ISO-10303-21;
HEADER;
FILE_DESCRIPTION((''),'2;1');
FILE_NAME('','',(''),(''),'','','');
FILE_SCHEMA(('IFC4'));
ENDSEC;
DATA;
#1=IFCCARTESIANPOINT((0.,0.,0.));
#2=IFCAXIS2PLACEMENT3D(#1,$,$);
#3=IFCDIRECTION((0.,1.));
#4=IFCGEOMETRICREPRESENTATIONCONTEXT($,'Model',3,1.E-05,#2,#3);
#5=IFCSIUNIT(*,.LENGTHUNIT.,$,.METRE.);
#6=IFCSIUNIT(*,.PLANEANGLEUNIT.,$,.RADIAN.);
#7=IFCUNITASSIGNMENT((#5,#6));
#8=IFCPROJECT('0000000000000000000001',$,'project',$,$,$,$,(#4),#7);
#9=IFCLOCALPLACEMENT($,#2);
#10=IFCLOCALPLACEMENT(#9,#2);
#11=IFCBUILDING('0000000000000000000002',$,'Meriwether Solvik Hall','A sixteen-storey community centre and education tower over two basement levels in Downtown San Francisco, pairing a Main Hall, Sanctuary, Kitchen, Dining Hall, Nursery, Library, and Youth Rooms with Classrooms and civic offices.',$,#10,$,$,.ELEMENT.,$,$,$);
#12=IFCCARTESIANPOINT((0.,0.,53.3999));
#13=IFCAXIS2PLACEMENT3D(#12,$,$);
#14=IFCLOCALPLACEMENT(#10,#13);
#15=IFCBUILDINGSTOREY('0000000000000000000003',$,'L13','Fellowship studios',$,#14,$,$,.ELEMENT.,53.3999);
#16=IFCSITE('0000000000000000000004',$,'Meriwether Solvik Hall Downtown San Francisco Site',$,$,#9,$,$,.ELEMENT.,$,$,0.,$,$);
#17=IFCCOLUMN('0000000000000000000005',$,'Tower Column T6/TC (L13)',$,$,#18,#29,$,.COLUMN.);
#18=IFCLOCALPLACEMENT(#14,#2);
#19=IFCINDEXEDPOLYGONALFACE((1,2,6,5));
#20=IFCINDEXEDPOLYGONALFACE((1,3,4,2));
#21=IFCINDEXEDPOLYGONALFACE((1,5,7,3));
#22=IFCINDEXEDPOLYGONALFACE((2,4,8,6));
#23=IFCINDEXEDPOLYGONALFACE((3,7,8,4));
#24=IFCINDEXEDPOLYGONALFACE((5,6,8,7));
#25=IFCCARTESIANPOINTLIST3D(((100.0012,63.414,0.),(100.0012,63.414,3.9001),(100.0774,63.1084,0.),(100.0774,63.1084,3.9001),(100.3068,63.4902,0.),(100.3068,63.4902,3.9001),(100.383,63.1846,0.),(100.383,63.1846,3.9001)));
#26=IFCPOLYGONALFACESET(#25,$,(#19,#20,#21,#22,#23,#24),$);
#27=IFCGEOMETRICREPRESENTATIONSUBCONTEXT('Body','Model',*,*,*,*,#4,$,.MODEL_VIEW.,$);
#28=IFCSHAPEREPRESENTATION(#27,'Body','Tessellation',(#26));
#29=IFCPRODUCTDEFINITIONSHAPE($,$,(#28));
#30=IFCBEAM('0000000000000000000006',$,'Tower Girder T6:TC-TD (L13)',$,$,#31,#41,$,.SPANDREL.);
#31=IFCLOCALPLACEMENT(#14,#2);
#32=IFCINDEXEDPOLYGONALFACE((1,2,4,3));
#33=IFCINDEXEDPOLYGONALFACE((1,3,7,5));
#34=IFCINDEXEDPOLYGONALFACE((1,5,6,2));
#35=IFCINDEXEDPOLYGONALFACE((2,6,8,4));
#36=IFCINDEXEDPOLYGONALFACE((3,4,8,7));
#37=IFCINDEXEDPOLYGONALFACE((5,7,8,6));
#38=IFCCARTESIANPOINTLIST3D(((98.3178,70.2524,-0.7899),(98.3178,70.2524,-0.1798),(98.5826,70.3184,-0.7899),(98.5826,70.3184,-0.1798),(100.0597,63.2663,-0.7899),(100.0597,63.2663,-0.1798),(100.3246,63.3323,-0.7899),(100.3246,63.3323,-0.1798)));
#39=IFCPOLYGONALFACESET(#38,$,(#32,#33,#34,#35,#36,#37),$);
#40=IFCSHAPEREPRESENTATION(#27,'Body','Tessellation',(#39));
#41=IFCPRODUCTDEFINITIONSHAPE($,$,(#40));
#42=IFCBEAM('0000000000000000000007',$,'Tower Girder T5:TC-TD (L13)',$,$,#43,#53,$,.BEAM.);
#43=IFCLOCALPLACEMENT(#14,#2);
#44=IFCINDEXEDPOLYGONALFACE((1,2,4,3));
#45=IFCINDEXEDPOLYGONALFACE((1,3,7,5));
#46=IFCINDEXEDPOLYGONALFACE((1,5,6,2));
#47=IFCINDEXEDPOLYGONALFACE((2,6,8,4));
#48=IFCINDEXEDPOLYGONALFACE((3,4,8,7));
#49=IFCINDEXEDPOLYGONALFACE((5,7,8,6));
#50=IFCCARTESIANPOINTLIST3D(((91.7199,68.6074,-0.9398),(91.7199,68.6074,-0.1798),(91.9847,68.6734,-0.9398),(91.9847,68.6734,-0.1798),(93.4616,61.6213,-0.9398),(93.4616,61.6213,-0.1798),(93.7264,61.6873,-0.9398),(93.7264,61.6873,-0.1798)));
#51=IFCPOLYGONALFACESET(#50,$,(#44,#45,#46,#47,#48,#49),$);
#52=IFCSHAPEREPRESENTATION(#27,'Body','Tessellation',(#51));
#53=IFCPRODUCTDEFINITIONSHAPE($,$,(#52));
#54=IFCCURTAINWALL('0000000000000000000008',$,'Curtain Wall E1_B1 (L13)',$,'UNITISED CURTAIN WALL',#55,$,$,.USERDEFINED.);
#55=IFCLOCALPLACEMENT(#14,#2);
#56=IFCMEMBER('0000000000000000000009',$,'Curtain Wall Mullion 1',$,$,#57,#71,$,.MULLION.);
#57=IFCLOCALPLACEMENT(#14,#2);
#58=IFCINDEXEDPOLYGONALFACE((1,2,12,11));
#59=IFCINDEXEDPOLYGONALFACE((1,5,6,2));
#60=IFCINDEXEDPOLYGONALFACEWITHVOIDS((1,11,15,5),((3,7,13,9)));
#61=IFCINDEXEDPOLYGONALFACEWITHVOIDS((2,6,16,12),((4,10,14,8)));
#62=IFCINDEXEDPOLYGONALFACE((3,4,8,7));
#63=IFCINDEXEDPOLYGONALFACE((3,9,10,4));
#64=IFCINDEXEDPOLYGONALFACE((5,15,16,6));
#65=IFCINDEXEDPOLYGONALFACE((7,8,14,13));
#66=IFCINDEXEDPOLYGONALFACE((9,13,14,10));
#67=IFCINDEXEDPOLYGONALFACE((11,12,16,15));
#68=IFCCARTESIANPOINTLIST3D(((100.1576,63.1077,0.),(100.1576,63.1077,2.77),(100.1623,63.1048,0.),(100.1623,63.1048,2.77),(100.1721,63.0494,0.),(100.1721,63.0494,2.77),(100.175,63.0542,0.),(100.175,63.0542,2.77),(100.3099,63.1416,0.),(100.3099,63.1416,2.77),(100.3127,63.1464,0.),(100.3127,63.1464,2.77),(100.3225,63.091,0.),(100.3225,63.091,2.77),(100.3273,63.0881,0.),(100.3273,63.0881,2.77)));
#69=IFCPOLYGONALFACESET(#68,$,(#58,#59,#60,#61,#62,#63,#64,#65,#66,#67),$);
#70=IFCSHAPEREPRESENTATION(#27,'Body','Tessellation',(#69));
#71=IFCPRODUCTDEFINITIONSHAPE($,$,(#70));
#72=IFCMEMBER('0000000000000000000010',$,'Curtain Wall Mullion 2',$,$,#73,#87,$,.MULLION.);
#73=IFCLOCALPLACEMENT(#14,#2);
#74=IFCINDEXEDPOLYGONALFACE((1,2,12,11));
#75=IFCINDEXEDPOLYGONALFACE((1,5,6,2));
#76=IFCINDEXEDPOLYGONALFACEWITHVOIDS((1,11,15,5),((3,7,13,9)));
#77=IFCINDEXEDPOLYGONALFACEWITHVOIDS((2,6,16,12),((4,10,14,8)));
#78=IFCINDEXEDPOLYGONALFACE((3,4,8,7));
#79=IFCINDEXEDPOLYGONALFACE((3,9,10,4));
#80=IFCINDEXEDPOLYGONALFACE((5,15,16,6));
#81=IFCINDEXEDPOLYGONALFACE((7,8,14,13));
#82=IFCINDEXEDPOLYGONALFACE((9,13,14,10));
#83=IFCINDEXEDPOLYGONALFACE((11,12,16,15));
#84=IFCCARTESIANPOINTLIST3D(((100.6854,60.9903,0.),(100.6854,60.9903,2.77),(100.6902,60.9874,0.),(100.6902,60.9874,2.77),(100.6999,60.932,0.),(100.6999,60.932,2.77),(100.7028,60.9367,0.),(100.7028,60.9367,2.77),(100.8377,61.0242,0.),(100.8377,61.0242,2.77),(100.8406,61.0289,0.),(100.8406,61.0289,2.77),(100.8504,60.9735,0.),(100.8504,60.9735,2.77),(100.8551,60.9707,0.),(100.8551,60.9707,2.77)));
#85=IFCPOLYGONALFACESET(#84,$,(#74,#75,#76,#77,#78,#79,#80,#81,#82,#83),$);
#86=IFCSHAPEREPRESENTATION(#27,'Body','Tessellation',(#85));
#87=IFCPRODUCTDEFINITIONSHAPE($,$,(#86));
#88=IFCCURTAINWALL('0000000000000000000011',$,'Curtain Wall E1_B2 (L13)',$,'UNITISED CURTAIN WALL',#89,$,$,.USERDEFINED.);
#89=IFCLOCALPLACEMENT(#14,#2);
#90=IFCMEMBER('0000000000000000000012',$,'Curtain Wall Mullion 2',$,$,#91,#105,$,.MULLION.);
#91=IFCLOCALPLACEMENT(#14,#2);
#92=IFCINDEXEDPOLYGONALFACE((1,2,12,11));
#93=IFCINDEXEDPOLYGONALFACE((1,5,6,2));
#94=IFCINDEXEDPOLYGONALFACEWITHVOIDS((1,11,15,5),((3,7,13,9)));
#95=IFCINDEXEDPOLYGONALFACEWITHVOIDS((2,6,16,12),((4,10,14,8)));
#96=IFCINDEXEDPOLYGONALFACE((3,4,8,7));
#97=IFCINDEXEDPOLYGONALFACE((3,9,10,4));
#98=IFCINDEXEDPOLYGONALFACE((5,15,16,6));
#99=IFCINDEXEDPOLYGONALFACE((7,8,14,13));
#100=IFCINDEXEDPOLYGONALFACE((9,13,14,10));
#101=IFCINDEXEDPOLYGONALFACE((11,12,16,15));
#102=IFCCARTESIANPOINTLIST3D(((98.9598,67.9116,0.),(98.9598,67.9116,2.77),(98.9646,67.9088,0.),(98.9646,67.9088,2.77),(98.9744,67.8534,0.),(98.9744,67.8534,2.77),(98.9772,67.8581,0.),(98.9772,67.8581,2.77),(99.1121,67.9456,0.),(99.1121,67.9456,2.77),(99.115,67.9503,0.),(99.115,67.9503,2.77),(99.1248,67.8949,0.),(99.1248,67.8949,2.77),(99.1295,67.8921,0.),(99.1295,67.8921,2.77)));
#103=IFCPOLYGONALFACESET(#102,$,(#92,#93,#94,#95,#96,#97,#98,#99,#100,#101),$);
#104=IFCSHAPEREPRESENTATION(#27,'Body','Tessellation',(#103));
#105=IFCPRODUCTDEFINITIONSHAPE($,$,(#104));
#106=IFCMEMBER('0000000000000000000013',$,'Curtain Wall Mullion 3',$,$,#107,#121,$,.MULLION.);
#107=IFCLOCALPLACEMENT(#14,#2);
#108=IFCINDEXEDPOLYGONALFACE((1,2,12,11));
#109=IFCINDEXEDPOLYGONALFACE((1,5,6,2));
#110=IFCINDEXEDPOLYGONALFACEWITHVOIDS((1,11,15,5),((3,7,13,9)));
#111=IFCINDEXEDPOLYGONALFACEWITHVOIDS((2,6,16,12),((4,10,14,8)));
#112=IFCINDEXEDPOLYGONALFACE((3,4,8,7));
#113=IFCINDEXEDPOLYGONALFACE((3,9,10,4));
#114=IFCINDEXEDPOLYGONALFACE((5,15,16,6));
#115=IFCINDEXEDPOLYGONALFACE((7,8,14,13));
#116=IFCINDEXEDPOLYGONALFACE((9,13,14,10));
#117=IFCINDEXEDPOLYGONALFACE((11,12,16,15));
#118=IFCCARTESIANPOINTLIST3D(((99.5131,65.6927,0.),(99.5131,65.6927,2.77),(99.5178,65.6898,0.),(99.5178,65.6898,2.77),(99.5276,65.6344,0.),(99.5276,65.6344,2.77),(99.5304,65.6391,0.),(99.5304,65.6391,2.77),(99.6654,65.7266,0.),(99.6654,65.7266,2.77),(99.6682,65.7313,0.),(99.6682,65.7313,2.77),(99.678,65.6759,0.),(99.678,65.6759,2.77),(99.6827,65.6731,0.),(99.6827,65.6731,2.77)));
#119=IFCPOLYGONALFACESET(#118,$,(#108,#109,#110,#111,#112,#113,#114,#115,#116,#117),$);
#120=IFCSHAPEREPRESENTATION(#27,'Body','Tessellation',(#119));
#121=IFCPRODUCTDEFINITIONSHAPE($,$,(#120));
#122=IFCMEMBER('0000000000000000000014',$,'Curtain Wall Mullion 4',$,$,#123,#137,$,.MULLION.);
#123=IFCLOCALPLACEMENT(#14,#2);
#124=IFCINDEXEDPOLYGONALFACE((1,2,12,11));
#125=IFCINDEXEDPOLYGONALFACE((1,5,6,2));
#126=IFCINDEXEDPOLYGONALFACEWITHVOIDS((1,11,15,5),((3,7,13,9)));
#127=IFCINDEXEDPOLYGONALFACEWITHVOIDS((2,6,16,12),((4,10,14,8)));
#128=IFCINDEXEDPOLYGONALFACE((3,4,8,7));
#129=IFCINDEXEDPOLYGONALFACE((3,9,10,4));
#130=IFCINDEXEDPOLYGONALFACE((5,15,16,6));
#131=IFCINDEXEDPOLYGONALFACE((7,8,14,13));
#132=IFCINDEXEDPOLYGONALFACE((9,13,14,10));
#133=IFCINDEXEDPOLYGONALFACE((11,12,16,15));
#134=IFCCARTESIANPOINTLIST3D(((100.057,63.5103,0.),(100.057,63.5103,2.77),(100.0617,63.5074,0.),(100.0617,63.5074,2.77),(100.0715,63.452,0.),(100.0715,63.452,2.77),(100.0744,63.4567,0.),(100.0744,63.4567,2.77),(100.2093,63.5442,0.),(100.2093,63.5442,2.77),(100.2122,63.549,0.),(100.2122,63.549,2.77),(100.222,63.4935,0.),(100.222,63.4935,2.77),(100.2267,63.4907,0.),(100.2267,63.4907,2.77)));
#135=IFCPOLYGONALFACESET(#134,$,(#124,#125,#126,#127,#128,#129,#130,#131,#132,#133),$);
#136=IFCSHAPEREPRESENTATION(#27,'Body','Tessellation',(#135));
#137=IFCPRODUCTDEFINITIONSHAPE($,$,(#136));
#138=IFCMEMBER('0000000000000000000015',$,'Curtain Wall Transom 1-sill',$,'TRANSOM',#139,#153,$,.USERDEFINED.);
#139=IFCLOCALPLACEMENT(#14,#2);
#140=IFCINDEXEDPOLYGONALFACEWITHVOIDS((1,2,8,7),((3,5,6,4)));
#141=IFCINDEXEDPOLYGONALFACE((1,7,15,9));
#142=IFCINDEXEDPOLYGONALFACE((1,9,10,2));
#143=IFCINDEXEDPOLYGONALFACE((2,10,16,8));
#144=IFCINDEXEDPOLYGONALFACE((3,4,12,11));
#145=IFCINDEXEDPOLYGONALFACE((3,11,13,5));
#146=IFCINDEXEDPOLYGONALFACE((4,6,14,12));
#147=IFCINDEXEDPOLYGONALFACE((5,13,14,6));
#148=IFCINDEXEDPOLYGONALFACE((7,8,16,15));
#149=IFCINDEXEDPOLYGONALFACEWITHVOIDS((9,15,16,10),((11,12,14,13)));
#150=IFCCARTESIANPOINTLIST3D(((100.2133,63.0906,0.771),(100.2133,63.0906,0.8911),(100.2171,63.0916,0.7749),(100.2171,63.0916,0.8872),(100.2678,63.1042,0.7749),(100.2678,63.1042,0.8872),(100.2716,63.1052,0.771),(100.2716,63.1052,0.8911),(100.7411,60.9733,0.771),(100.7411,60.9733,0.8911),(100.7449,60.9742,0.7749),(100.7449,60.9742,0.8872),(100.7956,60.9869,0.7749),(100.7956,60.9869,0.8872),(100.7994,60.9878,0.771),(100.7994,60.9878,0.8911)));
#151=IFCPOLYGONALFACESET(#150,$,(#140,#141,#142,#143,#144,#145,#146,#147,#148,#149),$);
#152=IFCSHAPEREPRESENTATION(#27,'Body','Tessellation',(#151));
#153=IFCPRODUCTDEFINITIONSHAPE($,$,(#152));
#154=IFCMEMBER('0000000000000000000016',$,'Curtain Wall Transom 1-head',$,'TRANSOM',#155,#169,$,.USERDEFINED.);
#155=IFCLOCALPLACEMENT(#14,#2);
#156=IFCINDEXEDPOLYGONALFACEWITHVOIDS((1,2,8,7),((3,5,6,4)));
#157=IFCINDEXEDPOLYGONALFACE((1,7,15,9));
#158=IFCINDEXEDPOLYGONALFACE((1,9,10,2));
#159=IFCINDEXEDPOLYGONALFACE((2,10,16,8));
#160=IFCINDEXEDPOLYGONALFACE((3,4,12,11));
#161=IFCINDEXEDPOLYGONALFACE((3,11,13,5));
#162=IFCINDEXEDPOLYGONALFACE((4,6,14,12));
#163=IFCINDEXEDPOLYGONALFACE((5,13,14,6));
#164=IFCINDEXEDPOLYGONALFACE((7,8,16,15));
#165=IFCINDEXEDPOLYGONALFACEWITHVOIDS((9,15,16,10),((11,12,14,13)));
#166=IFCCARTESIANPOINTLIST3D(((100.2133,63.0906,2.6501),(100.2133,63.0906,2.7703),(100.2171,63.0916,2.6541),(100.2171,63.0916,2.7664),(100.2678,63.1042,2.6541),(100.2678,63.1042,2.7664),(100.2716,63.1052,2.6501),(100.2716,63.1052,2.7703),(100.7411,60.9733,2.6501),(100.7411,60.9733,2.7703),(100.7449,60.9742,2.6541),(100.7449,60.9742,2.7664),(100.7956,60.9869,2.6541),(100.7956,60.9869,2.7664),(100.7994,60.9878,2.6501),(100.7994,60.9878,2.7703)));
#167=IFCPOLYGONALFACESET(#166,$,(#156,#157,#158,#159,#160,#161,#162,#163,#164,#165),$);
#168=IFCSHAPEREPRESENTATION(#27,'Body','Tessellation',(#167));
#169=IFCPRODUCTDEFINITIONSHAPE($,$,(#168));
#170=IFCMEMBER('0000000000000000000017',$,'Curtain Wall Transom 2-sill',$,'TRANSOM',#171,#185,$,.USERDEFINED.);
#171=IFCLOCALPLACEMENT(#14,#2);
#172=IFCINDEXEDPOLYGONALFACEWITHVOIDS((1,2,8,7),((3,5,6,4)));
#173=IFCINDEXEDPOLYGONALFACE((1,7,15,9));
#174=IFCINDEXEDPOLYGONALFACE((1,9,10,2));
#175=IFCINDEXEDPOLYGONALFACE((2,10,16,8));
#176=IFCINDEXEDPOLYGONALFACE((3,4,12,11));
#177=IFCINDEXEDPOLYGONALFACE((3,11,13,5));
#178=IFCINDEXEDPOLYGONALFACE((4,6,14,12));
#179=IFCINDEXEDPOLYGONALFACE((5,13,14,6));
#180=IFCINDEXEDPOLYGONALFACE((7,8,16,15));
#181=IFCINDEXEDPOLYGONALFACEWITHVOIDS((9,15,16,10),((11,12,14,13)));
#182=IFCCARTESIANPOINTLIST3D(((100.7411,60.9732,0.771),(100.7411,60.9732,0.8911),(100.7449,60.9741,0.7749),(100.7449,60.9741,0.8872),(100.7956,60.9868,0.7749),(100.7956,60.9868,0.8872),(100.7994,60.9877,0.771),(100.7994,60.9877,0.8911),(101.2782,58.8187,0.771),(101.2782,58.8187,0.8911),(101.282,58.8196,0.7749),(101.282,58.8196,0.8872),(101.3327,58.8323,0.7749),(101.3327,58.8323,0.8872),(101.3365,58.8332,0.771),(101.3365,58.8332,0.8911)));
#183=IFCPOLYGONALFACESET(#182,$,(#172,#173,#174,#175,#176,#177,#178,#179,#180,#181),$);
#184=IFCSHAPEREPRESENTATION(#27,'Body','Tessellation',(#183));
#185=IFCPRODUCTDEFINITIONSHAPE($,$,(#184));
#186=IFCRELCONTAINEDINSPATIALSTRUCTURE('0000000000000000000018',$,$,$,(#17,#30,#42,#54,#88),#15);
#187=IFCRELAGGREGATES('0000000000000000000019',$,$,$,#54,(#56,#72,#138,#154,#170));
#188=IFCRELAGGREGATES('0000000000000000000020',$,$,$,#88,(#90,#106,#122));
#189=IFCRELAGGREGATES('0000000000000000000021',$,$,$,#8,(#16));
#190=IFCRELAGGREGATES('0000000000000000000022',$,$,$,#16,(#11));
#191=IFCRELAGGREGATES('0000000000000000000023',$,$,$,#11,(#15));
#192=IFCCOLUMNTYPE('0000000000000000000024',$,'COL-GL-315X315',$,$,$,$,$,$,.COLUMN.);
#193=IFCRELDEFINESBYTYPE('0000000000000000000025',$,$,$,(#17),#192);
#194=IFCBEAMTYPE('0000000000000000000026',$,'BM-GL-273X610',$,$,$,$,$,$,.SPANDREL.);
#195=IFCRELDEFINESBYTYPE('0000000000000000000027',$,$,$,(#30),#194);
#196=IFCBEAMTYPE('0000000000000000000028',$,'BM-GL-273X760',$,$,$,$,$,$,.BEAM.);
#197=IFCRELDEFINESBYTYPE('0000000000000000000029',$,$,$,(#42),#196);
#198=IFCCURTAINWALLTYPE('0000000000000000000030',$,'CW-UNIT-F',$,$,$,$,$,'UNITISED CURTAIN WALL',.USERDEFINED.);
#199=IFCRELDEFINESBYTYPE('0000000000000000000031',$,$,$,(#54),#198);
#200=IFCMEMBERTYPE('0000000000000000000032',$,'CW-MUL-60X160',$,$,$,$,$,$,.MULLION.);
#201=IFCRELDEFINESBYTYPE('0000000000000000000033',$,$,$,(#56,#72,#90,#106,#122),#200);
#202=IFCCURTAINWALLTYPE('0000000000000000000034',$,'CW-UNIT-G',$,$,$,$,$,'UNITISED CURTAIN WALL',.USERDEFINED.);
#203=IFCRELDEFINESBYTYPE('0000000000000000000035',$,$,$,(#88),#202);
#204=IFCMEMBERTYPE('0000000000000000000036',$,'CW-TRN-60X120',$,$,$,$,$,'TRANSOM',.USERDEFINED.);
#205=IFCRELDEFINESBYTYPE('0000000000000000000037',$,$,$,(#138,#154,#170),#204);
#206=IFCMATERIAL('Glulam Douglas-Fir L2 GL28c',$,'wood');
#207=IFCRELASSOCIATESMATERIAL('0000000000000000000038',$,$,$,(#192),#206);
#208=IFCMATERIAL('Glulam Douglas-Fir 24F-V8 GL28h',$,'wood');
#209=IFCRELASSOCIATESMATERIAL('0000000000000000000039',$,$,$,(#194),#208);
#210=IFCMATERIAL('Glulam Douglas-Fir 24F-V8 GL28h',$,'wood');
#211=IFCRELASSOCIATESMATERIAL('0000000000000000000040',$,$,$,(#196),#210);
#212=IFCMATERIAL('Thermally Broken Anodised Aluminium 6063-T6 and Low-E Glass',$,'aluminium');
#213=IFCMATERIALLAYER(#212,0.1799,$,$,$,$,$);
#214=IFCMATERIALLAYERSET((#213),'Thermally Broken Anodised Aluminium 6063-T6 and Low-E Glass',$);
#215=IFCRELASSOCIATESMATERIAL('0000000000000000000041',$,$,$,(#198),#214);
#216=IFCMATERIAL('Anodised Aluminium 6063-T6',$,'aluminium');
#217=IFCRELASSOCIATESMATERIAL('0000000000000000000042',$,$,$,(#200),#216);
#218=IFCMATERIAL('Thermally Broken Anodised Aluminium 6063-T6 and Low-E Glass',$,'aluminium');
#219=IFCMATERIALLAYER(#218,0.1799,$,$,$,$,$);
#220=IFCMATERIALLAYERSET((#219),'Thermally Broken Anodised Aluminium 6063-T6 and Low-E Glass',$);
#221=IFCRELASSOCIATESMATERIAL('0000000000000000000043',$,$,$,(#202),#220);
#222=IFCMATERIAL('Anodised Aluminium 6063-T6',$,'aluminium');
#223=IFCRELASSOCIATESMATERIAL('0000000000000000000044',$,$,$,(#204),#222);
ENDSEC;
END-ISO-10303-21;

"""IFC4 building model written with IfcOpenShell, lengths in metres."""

from ifc_helpers import new_model, si_unit, direction, frame, origin, origin_2d, place, context, subcontext, project, spatial, rectangle, hollow_rectangle, extrude, material, layer, layer_set, material_profile, profile_set, type_object, element, aggregate, save


model = new_model("IFC4")

# Units and contexts
model_context = context("Model", 3, precision=1e-05, world=origin(), true_north=direction((0.0, 1.0)))
body_context = subcontext(model_context, "Body", "Model", "MODEL_VIEW")
ifc_project = project(units=[si_unit("LENGTHUNIT", "METRE"), si_unit("PLANEANGLEUNIT", "RADIAN")], contexts=[model_context])

# Site, building, storey
site_placement = place(None, origin())
site = spatial("IfcSite", under=ifc_project, at=site_placement, Name="Meriwether Solvik Hall Downtown San Francisco Site", CompositionType="ELEMENT", RefElevation=0.0)
building_placement = place(site_placement, origin())
building = spatial("IfcBuilding", under=site, at=building_placement, Name="Meriwether Solvik Hall", Description="A sixteen-storey community centre and education tower over two basement levels in Downtown San Francisco, pairing a Main Hall, Sanctuary, Kitchen, Dining Hall, Nursery, Library, and Youth Rooms with Classrooms and civic offices.", CompositionType="ELEMENT")
storey_placement = place(building_placement, frame((0.0, 0.0, 53.3999)))
storey = spatial("IfcBuildingStorey", under=building, at=storey_placement, Name="L13", Description="Fellowship studios", CompositionType="ELEMENT", Elevation=53.3999)

# Column
ifc_material_1 = material(Name="Glulam Douglas-Fir L2 GL28c", Category="wood")
ifc_material_profile_1 = material_profile(ifc_material_1, rectangle(XDim=0.3149, YDim=0.3149, at=origin_2d()), Name="GLC-315X315")
ifc_profile_set_1 = profile_set([ifc_material_profile_1], Name="Glulam Douglas-Fir L2 GL28c")
column_type = type_object("IfcColumnType", Name="COL-GL-315X315", PredefinedType="COLUMN", material=ifc_profile_set_1)
column_placement = place(storey_placement, frame((100.1921, 63.2993, 0.0), z_axis=(0.0, 0.0, 1.0), x_axis=(0.970296, 0.241922, 0.0)))
element("IfcColumn", 1, at=column_placement, inside=storey, type_object=column_type, Name="Tower Column T6/TC (L13)", PredefinedType="COLUMN", context=body_context, shape_type="SweptSolid", body=[
    extrude(rectangle(XDim=0.3149, YDim=0.3149, at=origin_2d()), origin(), (0.0, 0.0, 1.0), 3.9001),
])

# Beams
ifc_material_2 = material(Name="Glulam Douglas-Fir 24F-V8 GL28h", Category="wood")
ifc_material_profile_2 = material_profile(ifc_material_2, rectangle(XDim=0.2729, YDim=0.6101, at=origin_2d()), Name="GLB-273X610")
ifc_profile_set_2 = profile_set([ifc_material_profile_2], Name="Glulam Douglas-Fir 24F-V8 GL28h")
beam_type_1 = type_object("IfcBeamType", Name="BM-GL-273X610", PredefinedType="SPANDREL", material=ifc_profile_set_2)
beam_1_placement = place(storey_placement, frame((100.1921, 63.2993, -0.4849), z_axis=(-0.241937, 0.970292, 0.0), x_axis=(-0.970292, -0.241937, 0.0)))
element("IfcBeam", 2, at=beam_1_placement, inside=storey, type_object=beam_type_1, Name="Tower Girder T6:TC-TD (L13)", PredefinedType="SPANDREL", context=body_context, shape_type="SweptSolid", body=[
    extrude(rectangle(XDim=0.2729, YDim=0.6101, at=origin_2d()), origin(), (0.0, 0.0, 1.0), 7.2),
])
ifc_material_3 = material(Name="Glulam Douglas-Fir 24F-V8 GL28h", Category="wood")
ifc_material_profile_3 = material_profile(ifc_material_3, rectangle(XDim=0.2729, YDim=0.76, at=origin_2d()), Name="GLB-273X760")
ifc_profile_set_3 = profile_set([ifc_material_profile_3], Name="Glulam Douglas-Fir 24F-V8 GL28h")
beam_type_2 = type_object("IfcBeamType", Name="BM-GL-273X760", PredefinedType="BEAM", material=ifc_profile_set_3)
beam_2_placement = place(storey_placement, frame((93.594, 61.6543, -0.5598), z_axis=(-0.241905, 0.9703, 0.0), x_axis=(-0.9703, -0.241905, 0.0)))
element("IfcBeam", 3, at=beam_2_placement, inside=storey, type_object=beam_type_2, Name="Tower Girder T5:TC-TD (L13)", PredefinedType="BEAM", context=body_context, shape_type="SweptSolid", body=[
    extrude(rectangle(XDim=0.2729, YDim=0.76, at=origin_2d()), origin(), (0.0, 0.0, 1.0), 7.2),
])

# Curtain walls, members
ifc_material_4 = material(Name="Thermally Broken Anodised Aluminium 6063-T6 and Low-E Glass", Category="aluminium")
ifc_layer_1 = layer(ifc_material_4, 0.1799)
ifc_layer_set_1 = layer_set([ifc_layer_1], Name="Thermally Broken Anodised Aluminium 6063-T6 and Low-E Glass")
curtain_wall_type_1 = type_object("IfcCurtainWallType", Name="CW-UNIT-F", ElementType="UNITISED CURTAIN WALL", PredefinedType="USERDEFINED", material=ifc_layer_set_1)
curtain_wall_1_placement = place(storey_placement, origin())
curtain_wall_1 = element("IfcCurtainWall", 4, at=curtain_wall_1_placement, inside=storey, type_object=curtain_wall_type_1, Name="Curtain Wall E1_B1 (L13)", ObjectType="UNITISED CURTAIN WALL", PredefinedType="USERDEFINED")
ifc_material_5 = material(Name="Anodised Aluminium 6063-T6", Category="aluminium")
ifc_material_profile_4 = material_profile(ifc_material_5, hollow_rectangle(XDim=0.0601, YDim=0.1599, WallThickness=0.0039, at=origin_2d()), Name="CWM-60X160")
ifc_profile_set_4 = profile_set([ifc_material_profile_4], Name="Anodised Aluminium 6063-T6")
member_type_1 = type_object("IfcMemberType", Name="CW-MUL-60X160", PredefinedType="MULLION", material=ifc_profile_set_4)
member_1_placement = place(storey_placement, frame((100.2424, 63.0979, 0.0), z_axis=(0.0, 0.0, 1.0), x_axis=(0.241922, -0.970296, 0.0)))
member_1 = element("IfcMember", 5, at=member_1_placement, type_object=member_type_1, Name="Curtain Wall Mullion 1", PredefinedType="MULLION", context=body_context, shape_type="SweptSolid", body=[
    extrude(hollow_rectangle(XDim=0.0601, YDim=0.1599, WallThickness=0.0039, at=origin_2d()), origin(), (0.0, 0.0, 1.0), 2.77),
])
member_2_placement = place(storey_placement, frame((100.7703, 60.9805, 0.0), z_axis=(0.0, 0.0, 1.0), x_axis=(0.241922, -0.970296, 0.0)))
member_2 = element("IfcMember", 6, at=member_2_placement, type_object=member_type_1, Name="Curtain Wall Mullion 2", PredefinedType="MULLION", context=body_context, shape_type="SweptSolid", body=[
    extrude(hollow_rectangle(XDim=0.0601, YDim=0.1599, WallThickness=0.0039, at=origin_2d()), origin(), (0.0, 0.0, 1.0), 2.77),
])
ifc_material_6 = material(Name="Thermally Broken Anodised Aluminium 6063-T6 and Low-E Glass", Category="aluminium")
ifc_layer_2 = layer(ifc_material_6, 0.1799)
ifc_layer_set_2 = layer_set([ifc_layer_2], Name="Thermally Broken Anodised Aluminium 6063-T6 and Low-E Glass")
curtain_wall_type_2 = type_object("IfcCurtainWallType", Name="CW-UNIT-G", ElementType="UNITISED CURTAIN WALL", PredefinedType="USERDEFINED", material=ifc_layer_set_2)
curtain_wall_2_placement = place(storey_placement, origin())
curtain_wall_2 = element("IfcCurtainWall", 7, at=curtain_wall_2_placement, inside=storey, type_object=curtain_wall_type_2, Name="Curtain Wall E1_B2 (L13)", ObjectType="UNITISED CURTAIN WALL", PredefinedType="USERDEFINED")
member_3_placement = place(storey_placement, frame((99.0447, 67.9019, 0.0), z_axis=(0.0, 0.0, 1.0), x_axis=(0.241922, -0.970296, 0.0)))
member_3 = element("IfcMember", 8, at=member_3_placement, type_object=member_type_1, Name="Curtain Wall Mullion 2", PredefinedType="MULLION", context=body_context, shape_type="SweptSolid", body=[
    extrude(hollow_rectangle(XDim=0.0601, YDim=0.1599, WallThickness=0.0039, at=origin_2d()), origin(), (0.0, 0.0, 1.0), 2.77),
])
member_4_placement = place(storey_placement, frame((99.5979, 65.6829, 0.0), z_axis=(0.0, 0.0, 1.0), x_axis=(0.241922, -0.970296, 0.0)))
member_4 = element("IfcMember", 9, at=member_4_placement, type_object=member_type_1, Name="Curtain Wall Mullion 3", PredefinedType="MULLION", context=body_context, shape_type="SweptSolid", body=[
    extrude(hollow_rectangle(XDim=0.0601, YDim=0.1599, WallThickness=0.0039, at=origin_2d()), origin(), (0.0, 0.0, 1.0), 2.77),
])
member_5_placement = place(storey_placement, frame((100.1418, 63.5005, 0.0), z_axis=(0.0, 0.0, 1.0), x_axis=(0.241922, -0.970296, 0.0)))
member_5 = element("IfcMember", 10, at=member_5_placement, type_object=member_type_1, Name="Curtain Wall Mullion 4", PredefinedType="MULLION", context=body_context, shape_type="SweptSolid", body=[
    extrude(hollow_rectangle(XDim=0.0601, YDim=0.1599, WallThickness=0.0039, at=origin_2d()), origin(), (0.0, 0.0, 1.0), 2.77),
])

# Members
ifc_material_7 = material(Name="Anodised Aluminium 6063-T6", Category="aluminium")
ifc_material_profile_5 = material_profile(ifc_material_7, hollow_rectangle(XDim=0.0601, YDim=0.1201, WallThickness=0.0039, at=origin_2d()), Name="CWT-60X120")
ifc_profile_set_5 = profile_set([ifc_material_profile_5], Name="Anodised Aluminium 6063-T6")
member_type_2 = type_object("IfcMemberType", Name="CW-TRN-60X120", ElementType="TRANSOM", PredefinedType="USERDEFINED", material=ifc_profile_set_5)
member_6_placement = place(storey_placement, frame((100.2424, 63.0979, 0.8311), z_axis=(0.241877, -0.970307, 0.0), x_axis=(0.970307, 0.241877, 0.0)))
member_6 = element("IfcMember", 11, at=member_6_placement, type_object=member_type_2, Name="Curtain Wall Transom 1-sill", ObjectType="TRANSOM", PredefinedType="USERDEFINED", context=body_context, shape_type="SweptSolid", body=[
    extrude(hollow_rectangle(XDim=0.0601, YDim=0.1201, WallThickness=0.0039, at=origin_2d()), origin(), (0.0, 0.0, 1.0), 2.1821),
])
member_7_placement = place(storey_placement, frame((100.2424, 63.0979, 2.7102), z_axis=(0.241877, -0.970307, 0.0), x_axis=(0.970307, 0.241877, 0.0)))
member_7 = element("IfcMember", 12, at=member_7_placement, type_object=member_type_2, Name="Curtain Wall Transom 1-head", ObjectType="TRANSOM", PredefinedType="USERDEFINED", context=body_context, shape_type="SweptSolid", body=[
    extrude(hollow_rectangle(XDim=0.0601, YDim=0.1201, WallThickness=0.0039, at=origin_2d()), origin(), (0.0, 0.0, 1.0), 2.1821),
])
member_8_placement = place(storey_placement, frame((100.7703, 60.9805, 0.8311), z_axis=(0.241889, -0.970304, 0.0), x_axis=(0.970304, 0.241889, 0.0)))
member_8 = element("IfcMember", 13, at=member_8_placement, type_object=member_type_2, Name="Curtain Wall Transom 2-sill", ObjectType="TRANSOM", PredefinedType="USERDEFINED", context=body_context, shape_type="SweptSolid", body=[
    extrude(hollow_rectangle(XDim=0.0601, YDim=0.1201, WallThickness=0.0039, at=origin_2d()), origin(), (0.0, 0.0, 1.0), 2.2205),
])

aggregate(curtain_wall_1, [member_1, member_2, member_6, member_7, member_8])
aggregate(curtain_wall_2, [member_3, member_4, member_5])

save(model, "model.ifc")
